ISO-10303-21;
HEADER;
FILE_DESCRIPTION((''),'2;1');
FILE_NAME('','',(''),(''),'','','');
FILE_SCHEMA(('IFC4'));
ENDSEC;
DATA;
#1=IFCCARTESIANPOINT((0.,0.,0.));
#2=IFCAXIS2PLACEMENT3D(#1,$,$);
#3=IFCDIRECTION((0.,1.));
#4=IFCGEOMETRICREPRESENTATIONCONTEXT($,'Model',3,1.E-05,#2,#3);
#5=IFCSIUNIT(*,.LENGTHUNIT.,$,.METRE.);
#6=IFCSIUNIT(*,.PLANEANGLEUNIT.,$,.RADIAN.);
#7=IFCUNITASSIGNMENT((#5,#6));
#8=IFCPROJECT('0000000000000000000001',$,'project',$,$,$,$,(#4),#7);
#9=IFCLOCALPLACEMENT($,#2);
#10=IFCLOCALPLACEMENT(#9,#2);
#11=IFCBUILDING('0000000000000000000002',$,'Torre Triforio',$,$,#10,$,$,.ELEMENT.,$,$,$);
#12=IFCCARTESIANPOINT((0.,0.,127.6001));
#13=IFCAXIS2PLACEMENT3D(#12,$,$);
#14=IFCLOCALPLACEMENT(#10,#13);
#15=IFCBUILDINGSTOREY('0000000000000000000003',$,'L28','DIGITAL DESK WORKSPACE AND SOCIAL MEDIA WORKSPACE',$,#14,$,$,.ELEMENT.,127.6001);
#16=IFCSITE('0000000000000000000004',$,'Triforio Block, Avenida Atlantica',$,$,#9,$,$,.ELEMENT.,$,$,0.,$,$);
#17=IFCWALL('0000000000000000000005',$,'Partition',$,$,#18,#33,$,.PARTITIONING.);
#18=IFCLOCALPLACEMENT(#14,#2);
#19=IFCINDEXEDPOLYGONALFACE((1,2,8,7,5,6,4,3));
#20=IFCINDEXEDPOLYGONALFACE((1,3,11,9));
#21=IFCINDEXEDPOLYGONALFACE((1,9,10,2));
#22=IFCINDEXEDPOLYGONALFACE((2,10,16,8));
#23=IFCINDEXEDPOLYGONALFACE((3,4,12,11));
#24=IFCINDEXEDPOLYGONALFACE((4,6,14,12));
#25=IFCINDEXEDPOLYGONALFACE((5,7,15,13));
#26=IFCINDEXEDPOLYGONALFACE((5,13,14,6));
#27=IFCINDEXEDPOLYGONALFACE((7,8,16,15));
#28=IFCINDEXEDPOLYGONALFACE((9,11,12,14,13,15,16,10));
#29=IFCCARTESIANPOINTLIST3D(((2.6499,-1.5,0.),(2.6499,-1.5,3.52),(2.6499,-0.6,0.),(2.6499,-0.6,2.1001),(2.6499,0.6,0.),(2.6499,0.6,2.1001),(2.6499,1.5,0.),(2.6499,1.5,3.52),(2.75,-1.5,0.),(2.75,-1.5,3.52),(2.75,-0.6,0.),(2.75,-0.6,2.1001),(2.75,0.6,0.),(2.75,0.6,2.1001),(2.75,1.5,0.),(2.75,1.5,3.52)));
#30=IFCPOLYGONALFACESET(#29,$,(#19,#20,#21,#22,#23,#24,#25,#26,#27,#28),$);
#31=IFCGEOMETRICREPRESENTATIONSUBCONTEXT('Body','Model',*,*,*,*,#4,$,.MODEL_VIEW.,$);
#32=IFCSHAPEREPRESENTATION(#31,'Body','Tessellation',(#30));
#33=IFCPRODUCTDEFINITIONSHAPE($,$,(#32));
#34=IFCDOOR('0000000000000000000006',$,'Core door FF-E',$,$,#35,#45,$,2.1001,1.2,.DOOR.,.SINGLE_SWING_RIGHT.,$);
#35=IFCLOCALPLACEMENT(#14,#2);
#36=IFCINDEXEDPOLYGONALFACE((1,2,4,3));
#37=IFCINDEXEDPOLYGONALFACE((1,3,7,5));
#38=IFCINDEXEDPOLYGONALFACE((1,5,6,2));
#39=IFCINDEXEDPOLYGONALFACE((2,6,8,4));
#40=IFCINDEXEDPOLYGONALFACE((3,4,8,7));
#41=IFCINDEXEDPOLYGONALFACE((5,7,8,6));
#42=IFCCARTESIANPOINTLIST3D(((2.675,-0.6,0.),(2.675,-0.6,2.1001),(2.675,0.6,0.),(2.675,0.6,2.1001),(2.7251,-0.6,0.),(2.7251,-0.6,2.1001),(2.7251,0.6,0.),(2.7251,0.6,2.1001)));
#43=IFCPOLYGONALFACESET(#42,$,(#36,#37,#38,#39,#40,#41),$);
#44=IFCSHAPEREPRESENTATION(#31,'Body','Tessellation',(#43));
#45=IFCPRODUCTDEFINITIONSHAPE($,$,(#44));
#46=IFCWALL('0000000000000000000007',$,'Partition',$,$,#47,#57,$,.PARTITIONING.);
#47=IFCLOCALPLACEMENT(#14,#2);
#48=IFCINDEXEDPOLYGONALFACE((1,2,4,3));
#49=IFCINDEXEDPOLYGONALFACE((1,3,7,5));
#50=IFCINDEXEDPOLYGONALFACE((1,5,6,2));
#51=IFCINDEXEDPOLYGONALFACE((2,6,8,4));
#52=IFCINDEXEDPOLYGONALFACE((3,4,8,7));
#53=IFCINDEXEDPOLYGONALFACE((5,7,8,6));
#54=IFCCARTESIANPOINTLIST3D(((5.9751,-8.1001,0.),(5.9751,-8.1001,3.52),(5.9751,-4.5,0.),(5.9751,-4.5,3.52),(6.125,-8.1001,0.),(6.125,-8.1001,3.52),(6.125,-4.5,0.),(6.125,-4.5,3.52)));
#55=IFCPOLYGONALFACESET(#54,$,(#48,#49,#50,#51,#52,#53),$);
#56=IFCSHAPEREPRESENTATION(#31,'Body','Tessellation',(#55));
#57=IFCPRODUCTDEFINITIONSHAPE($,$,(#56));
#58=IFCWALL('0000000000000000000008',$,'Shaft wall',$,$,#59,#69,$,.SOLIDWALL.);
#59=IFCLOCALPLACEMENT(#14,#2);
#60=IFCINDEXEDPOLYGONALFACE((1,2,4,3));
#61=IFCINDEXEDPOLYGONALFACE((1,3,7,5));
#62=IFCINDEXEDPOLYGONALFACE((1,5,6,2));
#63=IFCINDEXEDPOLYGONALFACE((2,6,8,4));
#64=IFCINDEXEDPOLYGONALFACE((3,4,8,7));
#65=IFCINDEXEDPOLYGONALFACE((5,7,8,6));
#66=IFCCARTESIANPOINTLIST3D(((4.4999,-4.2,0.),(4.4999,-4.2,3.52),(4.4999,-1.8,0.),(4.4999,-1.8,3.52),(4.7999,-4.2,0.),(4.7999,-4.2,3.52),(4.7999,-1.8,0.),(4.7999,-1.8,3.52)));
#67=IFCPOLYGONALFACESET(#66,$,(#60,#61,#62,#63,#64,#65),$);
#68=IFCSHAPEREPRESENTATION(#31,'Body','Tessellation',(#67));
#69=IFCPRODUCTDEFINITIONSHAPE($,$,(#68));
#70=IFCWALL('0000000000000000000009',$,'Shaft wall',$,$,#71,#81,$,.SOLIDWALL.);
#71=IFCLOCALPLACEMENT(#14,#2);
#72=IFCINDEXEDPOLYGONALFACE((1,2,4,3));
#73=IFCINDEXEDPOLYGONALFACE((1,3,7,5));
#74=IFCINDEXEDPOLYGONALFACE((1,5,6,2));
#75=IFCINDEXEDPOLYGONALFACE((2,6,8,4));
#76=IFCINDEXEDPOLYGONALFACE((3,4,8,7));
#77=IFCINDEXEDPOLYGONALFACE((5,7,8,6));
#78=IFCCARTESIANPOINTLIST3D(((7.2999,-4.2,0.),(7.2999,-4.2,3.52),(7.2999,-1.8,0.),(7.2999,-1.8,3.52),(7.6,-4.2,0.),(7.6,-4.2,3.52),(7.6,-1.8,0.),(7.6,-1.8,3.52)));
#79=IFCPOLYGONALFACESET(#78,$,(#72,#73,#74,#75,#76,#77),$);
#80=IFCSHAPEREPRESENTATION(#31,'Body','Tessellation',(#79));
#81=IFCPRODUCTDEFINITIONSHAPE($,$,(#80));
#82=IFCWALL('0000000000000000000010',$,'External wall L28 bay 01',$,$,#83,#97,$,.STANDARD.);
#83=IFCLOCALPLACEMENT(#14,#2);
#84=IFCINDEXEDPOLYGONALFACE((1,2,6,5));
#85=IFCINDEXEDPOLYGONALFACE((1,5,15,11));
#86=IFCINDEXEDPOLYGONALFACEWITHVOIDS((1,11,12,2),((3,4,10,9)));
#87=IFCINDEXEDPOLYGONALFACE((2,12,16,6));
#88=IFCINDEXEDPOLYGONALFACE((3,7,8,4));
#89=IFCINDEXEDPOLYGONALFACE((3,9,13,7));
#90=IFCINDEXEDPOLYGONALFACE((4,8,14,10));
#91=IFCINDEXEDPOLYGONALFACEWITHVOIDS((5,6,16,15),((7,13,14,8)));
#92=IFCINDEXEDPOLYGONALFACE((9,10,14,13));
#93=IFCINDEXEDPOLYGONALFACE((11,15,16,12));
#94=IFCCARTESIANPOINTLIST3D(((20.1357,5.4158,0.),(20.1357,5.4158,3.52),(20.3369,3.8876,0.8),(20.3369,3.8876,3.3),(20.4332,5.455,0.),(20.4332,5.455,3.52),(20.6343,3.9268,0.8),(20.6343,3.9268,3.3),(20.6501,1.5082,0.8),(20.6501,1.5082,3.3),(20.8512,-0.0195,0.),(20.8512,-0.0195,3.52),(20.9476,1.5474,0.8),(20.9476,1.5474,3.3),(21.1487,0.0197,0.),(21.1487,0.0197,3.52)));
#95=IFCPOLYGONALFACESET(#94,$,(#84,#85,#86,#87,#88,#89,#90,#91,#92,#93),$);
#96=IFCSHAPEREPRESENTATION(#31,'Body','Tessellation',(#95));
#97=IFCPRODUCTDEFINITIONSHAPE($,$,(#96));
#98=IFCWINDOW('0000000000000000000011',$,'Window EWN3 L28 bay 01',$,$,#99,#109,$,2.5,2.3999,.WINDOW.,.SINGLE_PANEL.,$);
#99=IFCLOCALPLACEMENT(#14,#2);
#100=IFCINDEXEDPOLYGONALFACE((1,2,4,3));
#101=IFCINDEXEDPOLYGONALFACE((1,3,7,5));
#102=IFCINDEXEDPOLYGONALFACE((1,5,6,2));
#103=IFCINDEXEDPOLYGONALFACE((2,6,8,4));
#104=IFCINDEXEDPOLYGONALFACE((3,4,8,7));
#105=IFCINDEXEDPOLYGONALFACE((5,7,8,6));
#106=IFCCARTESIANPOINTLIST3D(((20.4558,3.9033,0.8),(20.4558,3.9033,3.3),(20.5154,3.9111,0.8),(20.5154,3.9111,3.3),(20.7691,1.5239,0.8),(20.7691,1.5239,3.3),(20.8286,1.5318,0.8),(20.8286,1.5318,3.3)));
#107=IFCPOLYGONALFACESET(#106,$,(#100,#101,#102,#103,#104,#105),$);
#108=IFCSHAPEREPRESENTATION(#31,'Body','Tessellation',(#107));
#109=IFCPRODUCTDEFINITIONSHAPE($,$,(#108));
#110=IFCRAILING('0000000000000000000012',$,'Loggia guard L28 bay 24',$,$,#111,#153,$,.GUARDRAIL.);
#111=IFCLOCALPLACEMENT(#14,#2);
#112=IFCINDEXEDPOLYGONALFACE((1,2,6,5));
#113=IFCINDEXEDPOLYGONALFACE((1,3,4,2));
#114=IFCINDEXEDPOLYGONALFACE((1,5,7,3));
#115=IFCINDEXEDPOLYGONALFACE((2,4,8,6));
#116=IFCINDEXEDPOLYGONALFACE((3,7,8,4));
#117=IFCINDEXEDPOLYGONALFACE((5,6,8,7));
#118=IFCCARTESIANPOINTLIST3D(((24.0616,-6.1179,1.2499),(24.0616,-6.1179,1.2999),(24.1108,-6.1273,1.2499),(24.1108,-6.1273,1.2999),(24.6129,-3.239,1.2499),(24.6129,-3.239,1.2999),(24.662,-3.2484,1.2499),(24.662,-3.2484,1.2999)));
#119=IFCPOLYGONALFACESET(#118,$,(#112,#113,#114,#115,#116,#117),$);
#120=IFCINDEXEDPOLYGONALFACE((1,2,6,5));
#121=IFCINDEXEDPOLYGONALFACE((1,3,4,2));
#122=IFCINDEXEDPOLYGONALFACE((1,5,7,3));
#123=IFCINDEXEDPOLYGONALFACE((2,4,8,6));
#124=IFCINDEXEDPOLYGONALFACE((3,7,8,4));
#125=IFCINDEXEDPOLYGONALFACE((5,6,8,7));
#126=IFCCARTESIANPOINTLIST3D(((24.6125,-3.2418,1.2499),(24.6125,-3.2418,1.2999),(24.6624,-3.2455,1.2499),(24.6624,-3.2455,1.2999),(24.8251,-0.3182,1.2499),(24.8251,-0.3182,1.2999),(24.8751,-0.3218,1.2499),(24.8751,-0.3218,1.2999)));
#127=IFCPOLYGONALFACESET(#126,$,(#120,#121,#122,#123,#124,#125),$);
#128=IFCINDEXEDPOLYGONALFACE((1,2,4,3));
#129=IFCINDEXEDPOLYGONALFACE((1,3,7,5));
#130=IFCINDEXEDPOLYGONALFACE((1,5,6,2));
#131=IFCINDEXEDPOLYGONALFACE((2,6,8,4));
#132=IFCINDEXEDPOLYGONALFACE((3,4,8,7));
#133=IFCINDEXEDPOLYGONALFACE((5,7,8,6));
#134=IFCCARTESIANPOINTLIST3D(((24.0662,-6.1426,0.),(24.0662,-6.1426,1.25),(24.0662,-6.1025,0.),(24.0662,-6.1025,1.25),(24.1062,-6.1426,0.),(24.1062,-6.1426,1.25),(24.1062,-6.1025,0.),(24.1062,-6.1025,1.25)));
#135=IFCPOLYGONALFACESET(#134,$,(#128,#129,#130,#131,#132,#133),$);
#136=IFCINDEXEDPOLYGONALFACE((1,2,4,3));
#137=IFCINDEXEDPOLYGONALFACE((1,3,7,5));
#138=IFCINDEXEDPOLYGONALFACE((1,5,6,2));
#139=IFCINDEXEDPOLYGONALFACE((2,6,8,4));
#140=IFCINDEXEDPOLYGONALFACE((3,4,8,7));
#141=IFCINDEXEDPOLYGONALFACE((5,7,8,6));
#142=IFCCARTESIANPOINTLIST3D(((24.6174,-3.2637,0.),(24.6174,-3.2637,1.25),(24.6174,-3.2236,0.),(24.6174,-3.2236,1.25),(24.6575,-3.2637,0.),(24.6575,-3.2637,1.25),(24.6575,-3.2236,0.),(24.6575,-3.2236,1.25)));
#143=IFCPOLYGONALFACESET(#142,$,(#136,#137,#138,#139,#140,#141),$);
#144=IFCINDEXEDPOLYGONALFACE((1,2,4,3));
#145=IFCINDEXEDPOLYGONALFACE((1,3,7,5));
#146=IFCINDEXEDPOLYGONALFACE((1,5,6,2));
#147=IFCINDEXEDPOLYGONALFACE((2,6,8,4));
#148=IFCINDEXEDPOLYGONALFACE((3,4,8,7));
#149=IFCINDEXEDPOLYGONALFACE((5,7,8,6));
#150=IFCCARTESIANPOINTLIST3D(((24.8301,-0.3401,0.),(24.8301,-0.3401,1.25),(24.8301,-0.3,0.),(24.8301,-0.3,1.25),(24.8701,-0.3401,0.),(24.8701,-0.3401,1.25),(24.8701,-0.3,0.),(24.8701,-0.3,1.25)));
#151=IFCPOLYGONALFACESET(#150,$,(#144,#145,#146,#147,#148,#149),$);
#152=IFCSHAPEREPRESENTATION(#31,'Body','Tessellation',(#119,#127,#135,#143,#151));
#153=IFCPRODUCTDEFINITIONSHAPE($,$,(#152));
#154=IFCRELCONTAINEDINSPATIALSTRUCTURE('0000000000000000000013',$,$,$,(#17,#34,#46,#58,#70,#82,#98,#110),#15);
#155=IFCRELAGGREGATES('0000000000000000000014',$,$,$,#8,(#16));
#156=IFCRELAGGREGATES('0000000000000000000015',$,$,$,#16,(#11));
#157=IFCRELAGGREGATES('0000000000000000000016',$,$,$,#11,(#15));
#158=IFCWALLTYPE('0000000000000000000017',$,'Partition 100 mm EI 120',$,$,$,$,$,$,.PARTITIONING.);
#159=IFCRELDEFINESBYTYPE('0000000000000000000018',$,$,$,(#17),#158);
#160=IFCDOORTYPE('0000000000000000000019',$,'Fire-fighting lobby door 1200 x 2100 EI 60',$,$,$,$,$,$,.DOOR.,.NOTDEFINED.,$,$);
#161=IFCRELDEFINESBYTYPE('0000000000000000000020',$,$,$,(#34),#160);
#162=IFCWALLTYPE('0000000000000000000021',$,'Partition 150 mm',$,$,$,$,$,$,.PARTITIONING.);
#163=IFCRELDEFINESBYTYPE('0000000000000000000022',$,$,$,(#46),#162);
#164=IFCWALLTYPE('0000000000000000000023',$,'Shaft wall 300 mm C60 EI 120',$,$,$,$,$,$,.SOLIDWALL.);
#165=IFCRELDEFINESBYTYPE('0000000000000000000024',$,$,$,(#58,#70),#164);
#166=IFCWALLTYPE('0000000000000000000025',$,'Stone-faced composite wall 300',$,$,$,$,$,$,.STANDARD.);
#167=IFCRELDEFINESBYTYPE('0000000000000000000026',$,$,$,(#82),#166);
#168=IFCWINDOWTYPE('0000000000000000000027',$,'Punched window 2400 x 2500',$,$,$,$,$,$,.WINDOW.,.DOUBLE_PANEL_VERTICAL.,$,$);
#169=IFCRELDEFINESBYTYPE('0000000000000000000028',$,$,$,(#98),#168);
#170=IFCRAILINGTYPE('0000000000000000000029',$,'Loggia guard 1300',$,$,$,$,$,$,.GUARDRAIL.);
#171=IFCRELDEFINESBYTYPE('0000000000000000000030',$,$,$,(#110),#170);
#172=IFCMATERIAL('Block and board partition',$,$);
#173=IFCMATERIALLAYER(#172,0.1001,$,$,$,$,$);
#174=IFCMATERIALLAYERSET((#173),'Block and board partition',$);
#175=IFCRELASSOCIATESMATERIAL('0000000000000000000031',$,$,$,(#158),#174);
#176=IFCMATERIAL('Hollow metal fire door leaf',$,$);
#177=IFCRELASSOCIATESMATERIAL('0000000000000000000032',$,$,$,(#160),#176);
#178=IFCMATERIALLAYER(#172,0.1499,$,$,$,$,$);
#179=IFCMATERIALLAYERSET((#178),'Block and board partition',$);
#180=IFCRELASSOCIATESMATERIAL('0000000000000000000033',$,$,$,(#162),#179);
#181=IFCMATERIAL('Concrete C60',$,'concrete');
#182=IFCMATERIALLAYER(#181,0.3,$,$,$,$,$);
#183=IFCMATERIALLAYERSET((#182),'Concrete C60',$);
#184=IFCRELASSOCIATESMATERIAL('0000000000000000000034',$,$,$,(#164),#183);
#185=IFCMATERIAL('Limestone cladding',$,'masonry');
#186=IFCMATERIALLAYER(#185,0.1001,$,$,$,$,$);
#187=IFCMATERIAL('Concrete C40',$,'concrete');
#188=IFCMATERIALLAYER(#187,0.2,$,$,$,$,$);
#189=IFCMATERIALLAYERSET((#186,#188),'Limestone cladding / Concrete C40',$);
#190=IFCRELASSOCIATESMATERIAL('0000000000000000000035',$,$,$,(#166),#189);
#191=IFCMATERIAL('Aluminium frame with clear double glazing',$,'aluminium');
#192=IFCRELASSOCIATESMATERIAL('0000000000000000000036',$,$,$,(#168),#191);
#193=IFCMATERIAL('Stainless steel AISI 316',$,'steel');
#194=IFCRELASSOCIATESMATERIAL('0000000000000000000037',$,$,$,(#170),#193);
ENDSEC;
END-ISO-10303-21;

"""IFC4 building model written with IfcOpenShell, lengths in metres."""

from ifc_helpers import new_model, si_unit, direction, frame, frame_2d, origin, origin_2d, place, context, subcontext, project, spatial, rectangle, extrude, material, layer, layer_set, type_object, element, fill, save


model = new_model("IFC4")

# Units and contexts
model_context = context("Model", 3, precision=1e-05, world=origin(), true_north=direction((0.0, 1.0)))
body_context = subcontext(model_context, "Body", "Model", "MODEL_VIEW")
ifc_project = project(units=[si_unit("LENGTHUNIT", "METRE"), si_unit("PLANEANGLEUNIT", "RADIAN")], contexts=[model_context])

# Site, building, storey
site_placement = place(None, origin())
site = spatial("IfcSite", under=ifc_project, at=site_placement, Name="Triforio Block, Avenida Atlantica", CompositionType="ELEMENT", RefElevation=0.0)
building_placement = place(site_placement, origin())
building = spatial("IfcBuilding", under=site, at=building_placement, Name="Torre Triforio", CompositionType="ELEMENT")
storey_placement = place(building_placement, frame((0.0, 0.0, 127.6001)))
storey = spatial("IfcBuildingStorey", under=building, at=storey_placement, Name="L28", Description="DIGITAL DESK WORKSPACE AND SOCIAL MEDIA WORKSPACE", CompositionType="ELEMENT", Elevation=127.6001)

# Shared definitions
ifc_material_1 = material(Name="Concrete C60", Category="concrete")

# Shared definitions
ifc_material_2 = material(Name="Hollow metal fire door leaf")

# Wall, opening, door
ifc_material_3 = material(Name="Block and board partition")
ifc_layer_1 = layer(ifc_material_3, 0.1001)
ifc_layer_set_1 = layer_set([ifc_layer_1], Name="Block and board partition")
wall_type_1 = type_object("IfcWallType", Name="Partition 100 mm EI 120", PredefinedType="PARTITIONING", material=ifc_layer_set_1)
wall_1_placement = place(storey_placement, frame((2.7, -1.5, 0.0), z_axis=(0.0, 0.0, 1.0), x_axis=(0.0, 1.0, 0.0)))
wall_1 = element("IfcWall", 1, at=wall_1_placement, inside=storey, type_object=wall_type_1, Name="Partition", PredefinedType="PARTITIONING", context=body_context, shape_type="SweptSolid", body=[
    extrude(rectangle(XDim=3.0, YDim=0.1001, at=frame_2d((1.5, 0.0))), origin(), (0.0, 0.0, 1.0), 3.52),
])
opening_1_placement = place(wall_1_placement, frame((0.8999, 0.0, 0.0)))
opening_1 = element("IfcOpeningElement", 2, at=opening_1_placement, cuts=wall_1, PredefinedType="OPENING", context=body_context, shape_type="SweptSolid", body=[
    extrude(rectangle(XDim=1.2, YDim=2.1001, at=frame_2d((0.6001, 1.05))), frame((0.0, 0.0601, 0.0), z_axis=(0.0, -1.0, 0.0), x_axis=(1.0, 0.0, 0.0)), (0.0, 0.0, 1.0), 0.1201),
])
door_type_1 = type_object("IfcDoorType", Name="Fire-fighting lobby door 1200 x 2100 EI 60", OperationType="NOTDEFINED", PredefinedType="DOOR", material=ifc_material_2)
door_1_placement = place(opening_1_placement, origin())
door_1 = element("IfcDoor", 3, at=door_1_placement, inside=storey, type_object=door_type_1, Name="Core door FF-E", OperationType="SINGLE_SWING_RIGHT", OverallHeight=2.1001, OverallWidth=1.2, PredefinedType="DOOR", context=body_context, shape_type="SweptSolid", body=[
    extrude(rectangle(XDim=1.2, YDim=2.1001, at=frame_2d((0.6001, 1.05))), frame((0.0, 0.0249, 0.0), z_axis=(0.0, -1.0, 0.0), x_axis=(1.0, 0.0, 0.0)), (0.0, 0.0, 1.0), 0.05),
])
fill(opening_1, door_1)

# Walls
ifc_layer_2 = layer(ifc_material_3, 0.1499)
ifc_layer_set_2 = layer_set([ifc_layer_2], Name="Block and board partition")
wall_type_2 = type_object("IfcWallType", Name="Partition 150 mm", PredefinedType="PARTITIONING", material=ifc_layer_set_2)
wall_2_placement = place(storey_placement, frame((6.05, -8.1001, 0.0), z_axis=(0.0, 0.0, 1.0), x_axis=(0.0, 1.0, 0.0)))
element("IfcWall", 4, at=wall_2_placement, inside=storey, type_object=wall_type_2, Name="Partition", PredefinedType="PARTITIONING", context=body_context, shape_type="SweptSolid", body=[
    extrude(rectangle(XDim=3.6001, YDim=0.1499, at=frame_2d((1.8, 0.0))), origin(), (0.0, 0.0, 1.0), 3.52),
])
ifc_layer_3 = layer(ifc_material_1, 0.3)
ifc_layer_set_3 = layer_set([ifc_layer_3], Name="Concrete C60")
wall_type_3 = type_object("IfcWallType", Name="Shaft wall 300 mm C60 EI 120", PredefinedType="SOLIDWALL", material=ifc_layer_set_3)
for number, where, z_axis, x_axis, name in (
    (5, (4.6499, -4.2, 0.0), (0.0, 0.0, 1.0), (0.0, 1.0, 0.0), "Shaft wall"),
    (6, (7.45, -4.2, 0.0), (0.0, 0.0, 1.0), (0.0, 1.0, 0.0), "Shaft wall"),
):
    element("IfcWall", number, at=place(storey_placement, frame(where, z_axis=z_axis, x_axis=x_axis)), inside=storey, type_object=wall_type_3, Name=name, PredefinedType="SOLIDWALL", context=body_context, shape_type="SweptSolid", body=[
        extrude(rectangle(XDim=2.3999, YDim=0.3, at=frame_2d((1.2, 0.0))), origin(), (0.0, 0.0, 1.0), 3.52),
    ])

# Wall, opening, window
ifc_material_4 = material(Name="Limestone cladding", Category="masonry")
ifc_layer_4 = layer(ifc_material_4, 0.1001)
ifc_material_5 = material(Name="Concrete C40", Category="concrete")
ifc_layer_5 = layer(ifc_material_5, 0.2)
ifc_layer_set_4 = layer_set([ifc_layer_4, ifc_layer_5], Name="Limestone cladding / Concrete C40")
wall_type_4 = type_object("IfcWallType", Name="Stone-faced composite wall 300", PredefinedType="STANDARD", material=ifc_layer_set_4)
wall_3_placement = place(storey_placement, frame((21.0, 0.0, 0.0), z_axis=(0.0, 0.0, 1.0), x_axis=(-0.130527, 0.991445, 0.0)))
wall_3 = element("IfcWall", 7, at=wall_3_placement, inside=storey, type_object=wall_type_4, Name="External wall L28 bay 01", PredefinedType="STANDARD", context=body_context, shape_type="SweptSolid", body=[
    extrude(rectangle(XDim=5.4822, YDim=0.3, at=frame_2d((2.7412, 0.0))), origin(), (0.0, 0.0, 1.0), 3.52),
])
opening_2_placement = place(wall_3_placement, frame((1.541, 0.0, 0.8)))
opening_2 = element("IfcOpeningElement", 8, at=opening_2_placement, cuts=wall_3, PredefinedType="OPENING", context=body_context, shape_type="SweptSolid", body=[
    extrude(rectangle(XDim=2.3999, YDim=2.5, at=frame_2d((1.2, 1.25))), frame((0.0, 0.1599, 0.0), z_axis=(0.0, -1.0, 0.0), x_axis=(1.0, 0.0, 0.0)), (0.0, 0.0, 1.0), 0.3201),
])
ifc_material_6 = material(Name="Aluminium frame with clear double glazing", Category="aluminium")
window_type_1 = type_object("IfcWindowType", Name="Punched window 2400 x 2500", PartitioningType="DOUBLE_PANEL_VERTICAL", PredefinedType="WINDOW", material=ifc_material_6)
window_1_placement = place(opening_2_placement, origin())
window_1 = element("IfcWindow", 9, at=window_1_placement, inside=storey, type_object=window_type_1, Name="Window EWN3 L28 bay 01", OverallHeight=2.5, OverallWidth=2.3999, PartitioningType="SINGLE_PANEL", PredefinedType="WINDOW", context=body_context, shape_type="SweptSolid", body=[
    extrude(rectangle(XDim=2.3999, YDim=2.5, at=frame_2d((1.2, 1.25))), frame((0.0, 0.03, 0.0), z_axis=(0.0, -1.0, 0.0), x_axis=(1.0, 0.0, 0.0)), (0.0, 0.0, 1.0), 0.0601),
])
fill(opening_2, window_1)

# Railing
ifc_material_7 = material(Name="Stainless steel AISI 316", Category="steel")
railing_type = type_object("IfcRailingType", Name="Loggia guard 1300", PredefinedType="GUARDRAIL", material=ifc_material_7)
railing_placement = place(storey_placement, frame((24.0862, -6.1226, 0.0)))
element("IfcRailing", 10, at=railing_placement, inside=storey, type_object=railing_type, Name="Loggia guard L28 bay 24", PredefinedType="GUARDRAIL", context=body_context, shape_type="SweptSolid", body=[
    extrude(rectangle(XDim=0.05, YDim=0.05, at=origin_2d()), frame((0.0, 0.0, 1.2749), z_axis=(0.188069, 0.982156, 0.0), x_axis=(-0.982156, 0.188069, 0.0)), (0.0, 0.0, 1.0), 2.9312),
    extrude(rectangle(XDim=0.05, YDim=0.05, at=origin_2d()), frame((0.5513, 2.8789, 1.2749), z_axis=(0.072543, 0.997365, 0.0), x_axis=(-0.997365, 0.072543, 0.0)), (0.0, 0.0, 1.0), 2.9314),
    extrude(rectangle(XDim=0.04, YDim=0.04, at=origin_2d()), origin(), (0.0, 0.0, 1.0), 1.25),
    extrude(rectangle(XDim=0.04, YDim=0.04, at=origin_2d()), frame((0.5513, 2.8789, 0.0)), (0.0, 0.0, 1.0), 1.25),
    extrude(rectangle(XDim=0.04, YDim=0.04, at=origin_2d()), frame((0.7639, 5.8025, 0.0)), (0.0, 0.0, 1.0), 1.25),
])

save(model, "model.ifc")
